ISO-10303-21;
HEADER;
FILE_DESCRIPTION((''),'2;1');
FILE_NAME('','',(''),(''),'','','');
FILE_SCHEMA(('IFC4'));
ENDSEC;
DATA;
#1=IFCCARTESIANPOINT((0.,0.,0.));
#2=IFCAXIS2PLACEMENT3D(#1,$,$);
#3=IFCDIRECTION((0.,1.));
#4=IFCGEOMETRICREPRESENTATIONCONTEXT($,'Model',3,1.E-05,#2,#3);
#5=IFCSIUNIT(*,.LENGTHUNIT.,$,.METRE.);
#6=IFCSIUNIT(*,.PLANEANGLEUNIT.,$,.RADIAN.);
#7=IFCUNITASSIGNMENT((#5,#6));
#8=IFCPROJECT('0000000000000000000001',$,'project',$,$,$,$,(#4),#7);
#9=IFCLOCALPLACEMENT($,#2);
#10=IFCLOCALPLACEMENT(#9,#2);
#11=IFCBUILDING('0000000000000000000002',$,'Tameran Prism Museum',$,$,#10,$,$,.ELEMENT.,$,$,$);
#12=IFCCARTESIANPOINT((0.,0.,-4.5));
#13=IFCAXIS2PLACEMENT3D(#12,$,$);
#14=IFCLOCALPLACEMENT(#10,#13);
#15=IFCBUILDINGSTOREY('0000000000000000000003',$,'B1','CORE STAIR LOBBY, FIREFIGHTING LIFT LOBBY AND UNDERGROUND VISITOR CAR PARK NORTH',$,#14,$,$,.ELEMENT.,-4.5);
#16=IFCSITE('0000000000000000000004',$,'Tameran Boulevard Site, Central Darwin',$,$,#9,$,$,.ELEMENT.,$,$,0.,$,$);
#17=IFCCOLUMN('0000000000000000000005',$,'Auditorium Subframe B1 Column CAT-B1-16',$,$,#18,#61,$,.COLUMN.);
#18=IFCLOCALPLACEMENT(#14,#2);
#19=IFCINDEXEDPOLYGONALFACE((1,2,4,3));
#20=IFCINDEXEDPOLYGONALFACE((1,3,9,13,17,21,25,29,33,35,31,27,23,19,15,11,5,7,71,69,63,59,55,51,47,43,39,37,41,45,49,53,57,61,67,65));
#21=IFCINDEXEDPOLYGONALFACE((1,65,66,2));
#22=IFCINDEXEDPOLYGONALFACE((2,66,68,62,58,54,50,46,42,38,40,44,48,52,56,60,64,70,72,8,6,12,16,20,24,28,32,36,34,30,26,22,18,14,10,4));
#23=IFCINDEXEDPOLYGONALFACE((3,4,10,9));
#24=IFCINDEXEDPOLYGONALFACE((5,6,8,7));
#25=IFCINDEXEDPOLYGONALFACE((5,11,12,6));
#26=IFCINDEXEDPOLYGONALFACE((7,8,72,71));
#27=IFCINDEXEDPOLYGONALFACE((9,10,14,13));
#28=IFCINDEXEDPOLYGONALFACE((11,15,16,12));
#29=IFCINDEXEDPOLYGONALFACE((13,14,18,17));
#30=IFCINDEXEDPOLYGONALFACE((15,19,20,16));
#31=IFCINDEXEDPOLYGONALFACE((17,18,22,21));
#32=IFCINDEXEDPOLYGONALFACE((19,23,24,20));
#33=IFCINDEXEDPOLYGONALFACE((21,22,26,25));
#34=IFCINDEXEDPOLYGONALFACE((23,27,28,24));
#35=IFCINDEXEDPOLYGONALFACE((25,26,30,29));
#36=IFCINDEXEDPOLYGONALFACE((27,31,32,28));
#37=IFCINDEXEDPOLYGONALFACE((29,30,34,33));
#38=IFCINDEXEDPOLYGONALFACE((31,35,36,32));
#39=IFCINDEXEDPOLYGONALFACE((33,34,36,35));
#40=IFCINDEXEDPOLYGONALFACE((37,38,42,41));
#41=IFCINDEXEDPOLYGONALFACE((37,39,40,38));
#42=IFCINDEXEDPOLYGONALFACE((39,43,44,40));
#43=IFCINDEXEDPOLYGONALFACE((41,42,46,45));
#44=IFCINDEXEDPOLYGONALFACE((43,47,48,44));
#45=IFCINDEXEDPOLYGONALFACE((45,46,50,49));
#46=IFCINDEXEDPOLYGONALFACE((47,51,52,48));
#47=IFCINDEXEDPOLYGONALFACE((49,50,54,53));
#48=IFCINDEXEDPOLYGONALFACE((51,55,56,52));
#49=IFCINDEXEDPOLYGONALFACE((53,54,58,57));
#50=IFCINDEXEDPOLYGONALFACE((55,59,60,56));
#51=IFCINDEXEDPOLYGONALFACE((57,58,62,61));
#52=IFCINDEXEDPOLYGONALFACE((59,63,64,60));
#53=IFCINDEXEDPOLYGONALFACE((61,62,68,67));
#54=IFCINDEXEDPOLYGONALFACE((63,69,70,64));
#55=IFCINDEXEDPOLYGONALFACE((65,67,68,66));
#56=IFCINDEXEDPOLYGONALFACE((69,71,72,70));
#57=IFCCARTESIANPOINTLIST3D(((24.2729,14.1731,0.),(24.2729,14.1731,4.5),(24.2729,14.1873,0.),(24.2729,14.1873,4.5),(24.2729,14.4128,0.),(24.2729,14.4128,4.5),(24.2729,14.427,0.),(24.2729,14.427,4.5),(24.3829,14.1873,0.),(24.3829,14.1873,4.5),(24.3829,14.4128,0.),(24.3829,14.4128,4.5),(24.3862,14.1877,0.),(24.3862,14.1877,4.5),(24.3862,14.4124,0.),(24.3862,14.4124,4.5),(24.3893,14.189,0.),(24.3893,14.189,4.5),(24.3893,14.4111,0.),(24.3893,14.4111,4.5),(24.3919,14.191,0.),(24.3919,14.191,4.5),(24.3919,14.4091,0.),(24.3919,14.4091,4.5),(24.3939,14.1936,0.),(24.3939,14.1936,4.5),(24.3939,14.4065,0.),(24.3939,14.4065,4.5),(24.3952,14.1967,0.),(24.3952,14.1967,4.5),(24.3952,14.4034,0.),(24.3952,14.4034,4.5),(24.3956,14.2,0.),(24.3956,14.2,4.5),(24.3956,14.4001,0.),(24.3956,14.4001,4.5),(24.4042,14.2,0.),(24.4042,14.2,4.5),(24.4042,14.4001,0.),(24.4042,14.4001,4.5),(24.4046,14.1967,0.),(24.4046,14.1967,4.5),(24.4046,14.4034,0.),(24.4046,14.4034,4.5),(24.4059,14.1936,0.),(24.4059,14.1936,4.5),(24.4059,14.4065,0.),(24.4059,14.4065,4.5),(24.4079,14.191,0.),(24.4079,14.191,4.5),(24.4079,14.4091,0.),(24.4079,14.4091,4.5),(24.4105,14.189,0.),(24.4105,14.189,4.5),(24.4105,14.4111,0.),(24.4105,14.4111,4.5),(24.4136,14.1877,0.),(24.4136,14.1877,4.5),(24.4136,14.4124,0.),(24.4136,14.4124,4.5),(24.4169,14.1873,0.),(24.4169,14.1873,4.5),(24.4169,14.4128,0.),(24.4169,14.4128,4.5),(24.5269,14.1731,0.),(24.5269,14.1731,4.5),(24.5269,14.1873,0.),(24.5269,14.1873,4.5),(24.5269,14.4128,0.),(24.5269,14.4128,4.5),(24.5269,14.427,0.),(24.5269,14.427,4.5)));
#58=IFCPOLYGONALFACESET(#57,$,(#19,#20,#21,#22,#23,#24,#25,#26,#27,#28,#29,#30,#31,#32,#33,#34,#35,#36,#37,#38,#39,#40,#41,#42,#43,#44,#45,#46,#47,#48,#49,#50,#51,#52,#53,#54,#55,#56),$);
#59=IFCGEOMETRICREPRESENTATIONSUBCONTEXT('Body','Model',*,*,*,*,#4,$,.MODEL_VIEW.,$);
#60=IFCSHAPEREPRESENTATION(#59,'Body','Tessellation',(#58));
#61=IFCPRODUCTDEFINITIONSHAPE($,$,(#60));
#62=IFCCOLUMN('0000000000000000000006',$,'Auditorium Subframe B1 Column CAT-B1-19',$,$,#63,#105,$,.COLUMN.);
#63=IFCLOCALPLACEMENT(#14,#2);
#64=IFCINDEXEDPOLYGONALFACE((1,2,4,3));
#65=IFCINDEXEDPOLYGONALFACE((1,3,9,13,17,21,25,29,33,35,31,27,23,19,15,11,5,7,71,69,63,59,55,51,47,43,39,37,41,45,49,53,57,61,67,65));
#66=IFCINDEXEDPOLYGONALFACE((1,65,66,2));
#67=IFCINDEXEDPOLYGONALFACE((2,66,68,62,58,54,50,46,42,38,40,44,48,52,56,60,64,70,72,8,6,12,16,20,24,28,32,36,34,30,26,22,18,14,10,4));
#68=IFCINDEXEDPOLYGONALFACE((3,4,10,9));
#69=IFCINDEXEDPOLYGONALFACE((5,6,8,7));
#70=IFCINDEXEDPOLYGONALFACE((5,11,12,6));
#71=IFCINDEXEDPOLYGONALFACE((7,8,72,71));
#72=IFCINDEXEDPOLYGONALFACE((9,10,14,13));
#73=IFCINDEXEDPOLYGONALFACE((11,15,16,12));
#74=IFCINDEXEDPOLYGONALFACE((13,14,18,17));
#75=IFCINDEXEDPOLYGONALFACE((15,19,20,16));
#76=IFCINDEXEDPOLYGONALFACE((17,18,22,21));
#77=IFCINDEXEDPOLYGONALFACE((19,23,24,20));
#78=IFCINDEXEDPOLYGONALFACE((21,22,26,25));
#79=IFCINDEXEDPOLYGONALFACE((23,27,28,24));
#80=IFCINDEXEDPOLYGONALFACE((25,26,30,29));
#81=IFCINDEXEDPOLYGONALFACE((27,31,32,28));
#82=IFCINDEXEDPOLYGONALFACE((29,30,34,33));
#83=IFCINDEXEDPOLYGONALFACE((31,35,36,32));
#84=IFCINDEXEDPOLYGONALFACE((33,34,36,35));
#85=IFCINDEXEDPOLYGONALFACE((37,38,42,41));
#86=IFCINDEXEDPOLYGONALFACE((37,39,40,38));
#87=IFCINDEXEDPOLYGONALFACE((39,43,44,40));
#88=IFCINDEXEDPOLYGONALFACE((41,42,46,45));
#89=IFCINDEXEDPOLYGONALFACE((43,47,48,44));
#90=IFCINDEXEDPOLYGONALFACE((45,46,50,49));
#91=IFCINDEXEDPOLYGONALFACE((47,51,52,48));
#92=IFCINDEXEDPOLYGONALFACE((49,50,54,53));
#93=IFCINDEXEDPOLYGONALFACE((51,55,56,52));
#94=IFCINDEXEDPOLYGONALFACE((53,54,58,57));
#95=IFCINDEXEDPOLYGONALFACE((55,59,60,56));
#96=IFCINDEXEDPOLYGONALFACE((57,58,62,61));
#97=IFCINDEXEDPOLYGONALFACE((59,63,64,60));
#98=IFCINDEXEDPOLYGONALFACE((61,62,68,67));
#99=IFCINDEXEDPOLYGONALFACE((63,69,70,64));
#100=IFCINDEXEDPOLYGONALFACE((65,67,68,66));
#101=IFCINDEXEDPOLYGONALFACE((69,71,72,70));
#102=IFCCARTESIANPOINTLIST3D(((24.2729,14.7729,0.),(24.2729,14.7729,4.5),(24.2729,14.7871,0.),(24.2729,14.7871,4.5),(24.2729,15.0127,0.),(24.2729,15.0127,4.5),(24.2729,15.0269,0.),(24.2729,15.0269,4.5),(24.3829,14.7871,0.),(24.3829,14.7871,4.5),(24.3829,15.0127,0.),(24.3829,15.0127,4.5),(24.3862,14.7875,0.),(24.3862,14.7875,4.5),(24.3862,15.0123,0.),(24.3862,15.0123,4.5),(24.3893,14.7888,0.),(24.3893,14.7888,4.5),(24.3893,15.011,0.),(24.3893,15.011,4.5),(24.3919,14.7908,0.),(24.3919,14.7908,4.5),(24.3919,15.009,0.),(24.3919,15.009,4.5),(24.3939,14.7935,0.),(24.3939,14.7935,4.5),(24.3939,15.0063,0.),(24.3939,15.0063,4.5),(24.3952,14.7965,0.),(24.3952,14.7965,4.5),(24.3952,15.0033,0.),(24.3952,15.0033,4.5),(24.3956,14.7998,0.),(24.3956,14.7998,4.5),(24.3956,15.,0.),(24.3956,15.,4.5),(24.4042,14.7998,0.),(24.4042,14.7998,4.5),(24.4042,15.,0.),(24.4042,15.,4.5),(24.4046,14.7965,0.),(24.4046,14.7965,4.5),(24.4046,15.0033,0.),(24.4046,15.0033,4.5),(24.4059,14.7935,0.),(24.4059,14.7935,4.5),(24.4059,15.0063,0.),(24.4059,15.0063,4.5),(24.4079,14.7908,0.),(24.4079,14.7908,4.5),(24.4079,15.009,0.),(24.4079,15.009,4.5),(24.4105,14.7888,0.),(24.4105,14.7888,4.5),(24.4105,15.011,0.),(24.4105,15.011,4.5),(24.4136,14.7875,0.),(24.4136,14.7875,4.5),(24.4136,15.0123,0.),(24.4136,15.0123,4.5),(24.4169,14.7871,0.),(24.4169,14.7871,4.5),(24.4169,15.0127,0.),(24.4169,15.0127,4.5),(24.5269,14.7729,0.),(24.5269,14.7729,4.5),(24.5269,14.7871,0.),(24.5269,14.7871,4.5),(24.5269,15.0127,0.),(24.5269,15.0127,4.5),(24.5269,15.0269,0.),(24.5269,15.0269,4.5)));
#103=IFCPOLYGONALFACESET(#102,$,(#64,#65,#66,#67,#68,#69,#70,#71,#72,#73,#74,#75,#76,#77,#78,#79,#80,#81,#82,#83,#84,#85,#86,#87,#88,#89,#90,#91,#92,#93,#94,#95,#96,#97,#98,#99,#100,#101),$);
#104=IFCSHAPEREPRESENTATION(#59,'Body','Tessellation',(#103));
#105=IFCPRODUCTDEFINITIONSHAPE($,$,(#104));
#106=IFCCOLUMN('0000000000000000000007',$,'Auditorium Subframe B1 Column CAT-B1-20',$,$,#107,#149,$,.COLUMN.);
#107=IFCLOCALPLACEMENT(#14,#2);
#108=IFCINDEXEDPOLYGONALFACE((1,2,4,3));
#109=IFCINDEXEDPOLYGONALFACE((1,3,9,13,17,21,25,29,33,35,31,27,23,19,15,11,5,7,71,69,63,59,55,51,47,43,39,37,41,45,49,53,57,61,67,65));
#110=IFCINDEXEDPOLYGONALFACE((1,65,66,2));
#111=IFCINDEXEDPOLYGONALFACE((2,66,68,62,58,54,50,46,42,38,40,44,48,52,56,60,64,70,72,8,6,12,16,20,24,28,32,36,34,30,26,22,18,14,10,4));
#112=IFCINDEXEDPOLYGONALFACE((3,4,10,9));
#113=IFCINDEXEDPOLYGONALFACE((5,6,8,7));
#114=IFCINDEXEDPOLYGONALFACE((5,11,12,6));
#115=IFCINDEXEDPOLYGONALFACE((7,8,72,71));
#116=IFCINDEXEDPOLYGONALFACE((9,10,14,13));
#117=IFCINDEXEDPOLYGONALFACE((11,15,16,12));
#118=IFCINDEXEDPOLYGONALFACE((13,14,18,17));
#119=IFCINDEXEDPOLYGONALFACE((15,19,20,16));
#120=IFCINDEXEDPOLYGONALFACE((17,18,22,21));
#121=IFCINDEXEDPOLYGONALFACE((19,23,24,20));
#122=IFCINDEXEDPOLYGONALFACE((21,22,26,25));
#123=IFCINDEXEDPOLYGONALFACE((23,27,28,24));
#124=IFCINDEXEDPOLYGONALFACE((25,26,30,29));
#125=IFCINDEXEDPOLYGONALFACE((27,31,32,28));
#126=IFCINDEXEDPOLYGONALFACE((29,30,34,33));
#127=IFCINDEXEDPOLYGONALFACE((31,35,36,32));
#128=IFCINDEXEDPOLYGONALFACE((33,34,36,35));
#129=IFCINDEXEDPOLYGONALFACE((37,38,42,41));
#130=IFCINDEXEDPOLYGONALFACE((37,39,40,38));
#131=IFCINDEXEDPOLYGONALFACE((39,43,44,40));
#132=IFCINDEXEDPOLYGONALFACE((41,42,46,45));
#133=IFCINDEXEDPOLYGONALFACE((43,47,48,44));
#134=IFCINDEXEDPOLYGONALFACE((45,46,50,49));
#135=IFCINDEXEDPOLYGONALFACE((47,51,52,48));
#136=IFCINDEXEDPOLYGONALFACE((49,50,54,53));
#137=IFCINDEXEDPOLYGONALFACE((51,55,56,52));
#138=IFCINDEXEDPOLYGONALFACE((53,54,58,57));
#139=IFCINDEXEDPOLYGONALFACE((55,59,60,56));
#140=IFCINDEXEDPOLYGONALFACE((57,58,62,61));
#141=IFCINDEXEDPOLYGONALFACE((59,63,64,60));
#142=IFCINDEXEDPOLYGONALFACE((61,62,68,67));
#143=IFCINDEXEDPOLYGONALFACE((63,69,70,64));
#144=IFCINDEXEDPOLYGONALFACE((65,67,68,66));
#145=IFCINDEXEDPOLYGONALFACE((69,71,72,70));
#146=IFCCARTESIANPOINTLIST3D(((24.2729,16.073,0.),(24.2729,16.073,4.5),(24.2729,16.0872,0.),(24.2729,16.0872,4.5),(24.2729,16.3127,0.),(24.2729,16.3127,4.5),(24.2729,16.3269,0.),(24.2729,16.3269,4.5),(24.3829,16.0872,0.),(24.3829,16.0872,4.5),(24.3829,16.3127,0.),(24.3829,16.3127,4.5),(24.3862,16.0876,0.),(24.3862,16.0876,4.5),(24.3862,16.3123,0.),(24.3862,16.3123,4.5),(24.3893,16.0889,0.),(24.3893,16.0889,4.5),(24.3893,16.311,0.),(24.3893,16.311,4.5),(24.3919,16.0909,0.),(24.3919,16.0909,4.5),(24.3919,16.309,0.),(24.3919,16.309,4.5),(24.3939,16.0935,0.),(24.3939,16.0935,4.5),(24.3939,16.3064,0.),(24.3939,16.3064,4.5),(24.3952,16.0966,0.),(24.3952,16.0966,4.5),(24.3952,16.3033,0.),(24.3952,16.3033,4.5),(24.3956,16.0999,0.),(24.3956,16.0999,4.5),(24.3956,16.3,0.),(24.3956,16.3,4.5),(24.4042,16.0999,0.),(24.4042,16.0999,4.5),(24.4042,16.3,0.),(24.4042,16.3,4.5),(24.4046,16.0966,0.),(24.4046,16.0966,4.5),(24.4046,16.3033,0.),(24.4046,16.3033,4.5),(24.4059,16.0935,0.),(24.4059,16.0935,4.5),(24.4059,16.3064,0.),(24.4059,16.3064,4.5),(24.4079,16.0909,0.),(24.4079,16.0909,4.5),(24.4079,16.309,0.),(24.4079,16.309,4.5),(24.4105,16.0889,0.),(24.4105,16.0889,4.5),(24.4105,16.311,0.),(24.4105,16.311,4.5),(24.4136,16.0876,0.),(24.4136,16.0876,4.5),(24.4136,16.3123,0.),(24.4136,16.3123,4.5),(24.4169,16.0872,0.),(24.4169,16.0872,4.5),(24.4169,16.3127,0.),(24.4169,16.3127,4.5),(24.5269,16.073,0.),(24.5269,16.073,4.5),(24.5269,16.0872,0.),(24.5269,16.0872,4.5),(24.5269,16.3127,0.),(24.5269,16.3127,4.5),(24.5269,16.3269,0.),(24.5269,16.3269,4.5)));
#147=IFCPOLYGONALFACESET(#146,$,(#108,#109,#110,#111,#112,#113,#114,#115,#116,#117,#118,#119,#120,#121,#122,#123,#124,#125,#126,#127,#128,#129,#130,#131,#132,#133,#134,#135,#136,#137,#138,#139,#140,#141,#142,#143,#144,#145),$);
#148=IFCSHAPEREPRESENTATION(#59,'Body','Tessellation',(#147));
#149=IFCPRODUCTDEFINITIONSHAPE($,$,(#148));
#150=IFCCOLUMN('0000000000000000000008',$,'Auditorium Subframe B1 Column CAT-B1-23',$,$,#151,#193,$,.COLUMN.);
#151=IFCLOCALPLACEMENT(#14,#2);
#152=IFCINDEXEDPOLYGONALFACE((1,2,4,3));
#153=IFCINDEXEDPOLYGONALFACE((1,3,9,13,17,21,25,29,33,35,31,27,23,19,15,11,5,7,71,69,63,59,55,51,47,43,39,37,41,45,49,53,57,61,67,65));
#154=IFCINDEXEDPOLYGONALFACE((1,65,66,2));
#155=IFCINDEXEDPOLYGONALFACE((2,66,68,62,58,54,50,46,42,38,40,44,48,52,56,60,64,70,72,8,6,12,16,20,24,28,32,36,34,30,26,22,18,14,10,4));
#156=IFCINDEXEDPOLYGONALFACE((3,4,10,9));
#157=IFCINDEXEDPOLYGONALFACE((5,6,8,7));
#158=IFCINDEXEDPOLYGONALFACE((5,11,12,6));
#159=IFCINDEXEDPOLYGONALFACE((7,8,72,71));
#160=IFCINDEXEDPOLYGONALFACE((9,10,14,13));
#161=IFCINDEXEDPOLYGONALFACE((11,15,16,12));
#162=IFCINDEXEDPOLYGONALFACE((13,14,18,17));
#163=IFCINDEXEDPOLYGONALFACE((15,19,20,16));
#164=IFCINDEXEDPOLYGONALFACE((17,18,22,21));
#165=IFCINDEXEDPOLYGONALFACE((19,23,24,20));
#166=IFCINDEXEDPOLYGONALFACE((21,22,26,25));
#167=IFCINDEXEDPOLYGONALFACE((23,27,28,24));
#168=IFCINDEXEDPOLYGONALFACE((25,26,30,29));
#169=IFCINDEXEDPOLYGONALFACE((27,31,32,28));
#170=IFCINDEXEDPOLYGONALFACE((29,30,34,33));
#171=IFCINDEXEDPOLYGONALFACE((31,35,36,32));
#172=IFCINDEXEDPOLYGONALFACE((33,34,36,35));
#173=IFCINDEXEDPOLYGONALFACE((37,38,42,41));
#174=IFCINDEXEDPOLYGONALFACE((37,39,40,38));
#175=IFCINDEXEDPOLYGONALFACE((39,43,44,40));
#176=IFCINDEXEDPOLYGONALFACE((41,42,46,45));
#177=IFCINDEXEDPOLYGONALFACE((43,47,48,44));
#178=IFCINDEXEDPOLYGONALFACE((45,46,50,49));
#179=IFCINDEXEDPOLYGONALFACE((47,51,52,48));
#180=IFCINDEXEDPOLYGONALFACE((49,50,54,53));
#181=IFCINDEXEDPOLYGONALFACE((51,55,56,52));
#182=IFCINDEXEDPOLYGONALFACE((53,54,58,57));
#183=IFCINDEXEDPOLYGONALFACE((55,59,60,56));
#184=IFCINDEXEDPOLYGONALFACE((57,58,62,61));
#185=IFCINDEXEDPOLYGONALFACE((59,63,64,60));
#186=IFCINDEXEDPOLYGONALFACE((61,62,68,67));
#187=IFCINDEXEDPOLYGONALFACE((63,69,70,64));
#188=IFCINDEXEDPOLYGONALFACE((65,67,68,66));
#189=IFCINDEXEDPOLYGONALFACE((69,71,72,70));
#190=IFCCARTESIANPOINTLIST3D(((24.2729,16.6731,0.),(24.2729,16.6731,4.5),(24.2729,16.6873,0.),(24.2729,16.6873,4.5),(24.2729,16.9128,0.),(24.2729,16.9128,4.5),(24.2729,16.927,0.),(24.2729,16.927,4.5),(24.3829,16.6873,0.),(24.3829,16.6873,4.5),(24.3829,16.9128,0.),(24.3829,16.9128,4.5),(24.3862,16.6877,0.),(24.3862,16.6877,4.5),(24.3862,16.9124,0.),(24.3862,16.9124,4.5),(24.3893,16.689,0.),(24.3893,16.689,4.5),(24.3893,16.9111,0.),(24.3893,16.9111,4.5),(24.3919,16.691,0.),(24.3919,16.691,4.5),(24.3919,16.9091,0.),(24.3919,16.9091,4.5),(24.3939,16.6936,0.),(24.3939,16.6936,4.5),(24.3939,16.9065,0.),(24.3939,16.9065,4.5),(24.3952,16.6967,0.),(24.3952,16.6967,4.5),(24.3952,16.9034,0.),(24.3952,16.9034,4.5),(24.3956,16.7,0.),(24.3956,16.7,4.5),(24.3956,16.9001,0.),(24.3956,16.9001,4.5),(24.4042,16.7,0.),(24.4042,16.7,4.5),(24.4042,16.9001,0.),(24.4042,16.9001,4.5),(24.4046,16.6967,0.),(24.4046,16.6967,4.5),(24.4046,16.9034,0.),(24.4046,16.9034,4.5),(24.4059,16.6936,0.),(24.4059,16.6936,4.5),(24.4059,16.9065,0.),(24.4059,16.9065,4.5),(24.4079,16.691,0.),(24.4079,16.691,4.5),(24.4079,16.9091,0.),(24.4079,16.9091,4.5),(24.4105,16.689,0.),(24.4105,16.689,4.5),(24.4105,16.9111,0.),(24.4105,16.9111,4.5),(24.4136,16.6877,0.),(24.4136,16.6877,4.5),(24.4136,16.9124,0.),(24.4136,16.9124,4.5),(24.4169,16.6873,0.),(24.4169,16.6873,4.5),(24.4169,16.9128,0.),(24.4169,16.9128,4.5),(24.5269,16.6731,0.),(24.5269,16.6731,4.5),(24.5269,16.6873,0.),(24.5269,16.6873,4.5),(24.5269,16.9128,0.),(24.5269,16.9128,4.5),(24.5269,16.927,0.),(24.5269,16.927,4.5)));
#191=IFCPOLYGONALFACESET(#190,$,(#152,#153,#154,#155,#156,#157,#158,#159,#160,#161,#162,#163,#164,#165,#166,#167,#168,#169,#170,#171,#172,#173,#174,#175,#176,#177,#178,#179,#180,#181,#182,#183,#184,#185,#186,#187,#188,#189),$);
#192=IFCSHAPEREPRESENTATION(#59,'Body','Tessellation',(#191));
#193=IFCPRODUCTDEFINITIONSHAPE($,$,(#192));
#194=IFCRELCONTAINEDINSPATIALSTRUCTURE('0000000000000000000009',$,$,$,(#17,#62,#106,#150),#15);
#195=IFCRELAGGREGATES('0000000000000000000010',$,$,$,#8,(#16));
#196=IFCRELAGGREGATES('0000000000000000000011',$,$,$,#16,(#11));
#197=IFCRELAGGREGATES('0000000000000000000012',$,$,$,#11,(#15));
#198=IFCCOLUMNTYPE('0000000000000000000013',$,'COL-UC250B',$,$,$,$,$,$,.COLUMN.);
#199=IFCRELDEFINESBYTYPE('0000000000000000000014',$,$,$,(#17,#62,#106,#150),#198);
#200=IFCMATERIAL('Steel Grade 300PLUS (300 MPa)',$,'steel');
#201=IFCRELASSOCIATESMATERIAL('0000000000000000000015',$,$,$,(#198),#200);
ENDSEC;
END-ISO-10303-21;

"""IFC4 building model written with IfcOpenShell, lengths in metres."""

from ifc_helpers import new_model, si_unit, direction, frame, origin, origin_2d, place, context, subcontext, project, spatial, i_section, extrude, material, material_profile, profile_set, type_object, element, save


model = new_model("IFC4")

# Units and contexts
model_context = context("Model", 3, precision=1e-05, world=origin(), true_north=direction((0.0, 1.0)))
body_context = subcontext(model_context, "Body", "Model", "MODEL_VIEW")
ifc_project = project(units=[si_unit("LENGTHUNIT", "METRE"), si_unit("PLANEANGLEUNIT", "RADIAN")], contexts=[model_context])

# Site, building, storey
site_placement = place(None, origin())
site = spatial("IfcSite", under=ifc_project, at=site_placement, Name="Tameran Boulevard Site, Central Darwin", CompositionType="ELEMENT", RefElevation=0.0)
building_placement = place(site_placement, origin())
building = spatial("IfcBuilding", under=site, at=building_placement, Name="Tameran Prism Museum", CompositionType="ELEMENT")
storey_placement = place(building_placement, frame((0.0, 0.0, -4.5)))
storey = spatial("IfcBuildingStorey", under=building, at=storey_placement, Name="B1", Description="CORE STAIR LOBBY, FIREFIGHTING LIFT LOBBY AND UNDERGROUND VISITOR CAR PARK NORTH", CompositionType="ELEMENT", Elevation=-4.5)

# Columns
ifc_material_1 = material(Name="Steel Grade 300PLUS (300 MPa)", Category="steel")
ifc_material_profile_1 = material_profile(ifc_material_1, i_section(OverallWidth=0.2539, OverallDepth=0.2539, WebThickness=0.0085, FlangeThickness=0.0142, FilletRadius=0.0127, at=origin_2d()))
ifc_profile_set_1 = profile_set([ifc_material_profile_1])
column_type_1 = type_object("IfcColumnType", Name="COL-UC250B", PredefinedType="COLUMN", material=ifc_profile_set_1)
for number, where, z_axis, x_axis, name in (
    (1, (24.3999, 14.3, 0.0), (0.0, 0.0, 1.0), (1.0, 0.0, 0.0), "Auditorium Subframe B1 Column CAT-B1-16"),
    (2, (24.3999, 14.8999, 0.0), (0.0, 0.0, 1.0), (1.0, 0.0, 0.0), "Auditorium Subframe B1 Column CAT-B1-19"),
    (3, (24.3999, 16.2, 0.0), (0.0, 0.0, 1.0), (1.0, 0.0, 0.0), "Auditorium Subframe B1 Column CAT-B1-20"),
    (4, (24.3999, 16.8, 0.0), (0.0, 0.0, 1.0), (1.0, 0.0, 0.0), "Auditorium Subframe B1 Column CAT-B1-23"),
):
    element("IfcColumn", number, at=place(storey_placement, frame(where, z_axis=z_axis, x_axis=x_axis)), inside=storey, type_object=column_type_1, Name=name, PredefinedType="COLUMN", context=body_context, shape_type="SweptSolid", body=[
        extrude(i_section(OverallWidth=0.2539, OverallDepth=0.2539, WebThickness=0.0085, FlangeThickness=0.0142, FilletRadius=0.0127, at=origin_2d()), origin(), (0.0, 0.0, 1.0), 4.5),
    ])

save(model, "model.ifc")
